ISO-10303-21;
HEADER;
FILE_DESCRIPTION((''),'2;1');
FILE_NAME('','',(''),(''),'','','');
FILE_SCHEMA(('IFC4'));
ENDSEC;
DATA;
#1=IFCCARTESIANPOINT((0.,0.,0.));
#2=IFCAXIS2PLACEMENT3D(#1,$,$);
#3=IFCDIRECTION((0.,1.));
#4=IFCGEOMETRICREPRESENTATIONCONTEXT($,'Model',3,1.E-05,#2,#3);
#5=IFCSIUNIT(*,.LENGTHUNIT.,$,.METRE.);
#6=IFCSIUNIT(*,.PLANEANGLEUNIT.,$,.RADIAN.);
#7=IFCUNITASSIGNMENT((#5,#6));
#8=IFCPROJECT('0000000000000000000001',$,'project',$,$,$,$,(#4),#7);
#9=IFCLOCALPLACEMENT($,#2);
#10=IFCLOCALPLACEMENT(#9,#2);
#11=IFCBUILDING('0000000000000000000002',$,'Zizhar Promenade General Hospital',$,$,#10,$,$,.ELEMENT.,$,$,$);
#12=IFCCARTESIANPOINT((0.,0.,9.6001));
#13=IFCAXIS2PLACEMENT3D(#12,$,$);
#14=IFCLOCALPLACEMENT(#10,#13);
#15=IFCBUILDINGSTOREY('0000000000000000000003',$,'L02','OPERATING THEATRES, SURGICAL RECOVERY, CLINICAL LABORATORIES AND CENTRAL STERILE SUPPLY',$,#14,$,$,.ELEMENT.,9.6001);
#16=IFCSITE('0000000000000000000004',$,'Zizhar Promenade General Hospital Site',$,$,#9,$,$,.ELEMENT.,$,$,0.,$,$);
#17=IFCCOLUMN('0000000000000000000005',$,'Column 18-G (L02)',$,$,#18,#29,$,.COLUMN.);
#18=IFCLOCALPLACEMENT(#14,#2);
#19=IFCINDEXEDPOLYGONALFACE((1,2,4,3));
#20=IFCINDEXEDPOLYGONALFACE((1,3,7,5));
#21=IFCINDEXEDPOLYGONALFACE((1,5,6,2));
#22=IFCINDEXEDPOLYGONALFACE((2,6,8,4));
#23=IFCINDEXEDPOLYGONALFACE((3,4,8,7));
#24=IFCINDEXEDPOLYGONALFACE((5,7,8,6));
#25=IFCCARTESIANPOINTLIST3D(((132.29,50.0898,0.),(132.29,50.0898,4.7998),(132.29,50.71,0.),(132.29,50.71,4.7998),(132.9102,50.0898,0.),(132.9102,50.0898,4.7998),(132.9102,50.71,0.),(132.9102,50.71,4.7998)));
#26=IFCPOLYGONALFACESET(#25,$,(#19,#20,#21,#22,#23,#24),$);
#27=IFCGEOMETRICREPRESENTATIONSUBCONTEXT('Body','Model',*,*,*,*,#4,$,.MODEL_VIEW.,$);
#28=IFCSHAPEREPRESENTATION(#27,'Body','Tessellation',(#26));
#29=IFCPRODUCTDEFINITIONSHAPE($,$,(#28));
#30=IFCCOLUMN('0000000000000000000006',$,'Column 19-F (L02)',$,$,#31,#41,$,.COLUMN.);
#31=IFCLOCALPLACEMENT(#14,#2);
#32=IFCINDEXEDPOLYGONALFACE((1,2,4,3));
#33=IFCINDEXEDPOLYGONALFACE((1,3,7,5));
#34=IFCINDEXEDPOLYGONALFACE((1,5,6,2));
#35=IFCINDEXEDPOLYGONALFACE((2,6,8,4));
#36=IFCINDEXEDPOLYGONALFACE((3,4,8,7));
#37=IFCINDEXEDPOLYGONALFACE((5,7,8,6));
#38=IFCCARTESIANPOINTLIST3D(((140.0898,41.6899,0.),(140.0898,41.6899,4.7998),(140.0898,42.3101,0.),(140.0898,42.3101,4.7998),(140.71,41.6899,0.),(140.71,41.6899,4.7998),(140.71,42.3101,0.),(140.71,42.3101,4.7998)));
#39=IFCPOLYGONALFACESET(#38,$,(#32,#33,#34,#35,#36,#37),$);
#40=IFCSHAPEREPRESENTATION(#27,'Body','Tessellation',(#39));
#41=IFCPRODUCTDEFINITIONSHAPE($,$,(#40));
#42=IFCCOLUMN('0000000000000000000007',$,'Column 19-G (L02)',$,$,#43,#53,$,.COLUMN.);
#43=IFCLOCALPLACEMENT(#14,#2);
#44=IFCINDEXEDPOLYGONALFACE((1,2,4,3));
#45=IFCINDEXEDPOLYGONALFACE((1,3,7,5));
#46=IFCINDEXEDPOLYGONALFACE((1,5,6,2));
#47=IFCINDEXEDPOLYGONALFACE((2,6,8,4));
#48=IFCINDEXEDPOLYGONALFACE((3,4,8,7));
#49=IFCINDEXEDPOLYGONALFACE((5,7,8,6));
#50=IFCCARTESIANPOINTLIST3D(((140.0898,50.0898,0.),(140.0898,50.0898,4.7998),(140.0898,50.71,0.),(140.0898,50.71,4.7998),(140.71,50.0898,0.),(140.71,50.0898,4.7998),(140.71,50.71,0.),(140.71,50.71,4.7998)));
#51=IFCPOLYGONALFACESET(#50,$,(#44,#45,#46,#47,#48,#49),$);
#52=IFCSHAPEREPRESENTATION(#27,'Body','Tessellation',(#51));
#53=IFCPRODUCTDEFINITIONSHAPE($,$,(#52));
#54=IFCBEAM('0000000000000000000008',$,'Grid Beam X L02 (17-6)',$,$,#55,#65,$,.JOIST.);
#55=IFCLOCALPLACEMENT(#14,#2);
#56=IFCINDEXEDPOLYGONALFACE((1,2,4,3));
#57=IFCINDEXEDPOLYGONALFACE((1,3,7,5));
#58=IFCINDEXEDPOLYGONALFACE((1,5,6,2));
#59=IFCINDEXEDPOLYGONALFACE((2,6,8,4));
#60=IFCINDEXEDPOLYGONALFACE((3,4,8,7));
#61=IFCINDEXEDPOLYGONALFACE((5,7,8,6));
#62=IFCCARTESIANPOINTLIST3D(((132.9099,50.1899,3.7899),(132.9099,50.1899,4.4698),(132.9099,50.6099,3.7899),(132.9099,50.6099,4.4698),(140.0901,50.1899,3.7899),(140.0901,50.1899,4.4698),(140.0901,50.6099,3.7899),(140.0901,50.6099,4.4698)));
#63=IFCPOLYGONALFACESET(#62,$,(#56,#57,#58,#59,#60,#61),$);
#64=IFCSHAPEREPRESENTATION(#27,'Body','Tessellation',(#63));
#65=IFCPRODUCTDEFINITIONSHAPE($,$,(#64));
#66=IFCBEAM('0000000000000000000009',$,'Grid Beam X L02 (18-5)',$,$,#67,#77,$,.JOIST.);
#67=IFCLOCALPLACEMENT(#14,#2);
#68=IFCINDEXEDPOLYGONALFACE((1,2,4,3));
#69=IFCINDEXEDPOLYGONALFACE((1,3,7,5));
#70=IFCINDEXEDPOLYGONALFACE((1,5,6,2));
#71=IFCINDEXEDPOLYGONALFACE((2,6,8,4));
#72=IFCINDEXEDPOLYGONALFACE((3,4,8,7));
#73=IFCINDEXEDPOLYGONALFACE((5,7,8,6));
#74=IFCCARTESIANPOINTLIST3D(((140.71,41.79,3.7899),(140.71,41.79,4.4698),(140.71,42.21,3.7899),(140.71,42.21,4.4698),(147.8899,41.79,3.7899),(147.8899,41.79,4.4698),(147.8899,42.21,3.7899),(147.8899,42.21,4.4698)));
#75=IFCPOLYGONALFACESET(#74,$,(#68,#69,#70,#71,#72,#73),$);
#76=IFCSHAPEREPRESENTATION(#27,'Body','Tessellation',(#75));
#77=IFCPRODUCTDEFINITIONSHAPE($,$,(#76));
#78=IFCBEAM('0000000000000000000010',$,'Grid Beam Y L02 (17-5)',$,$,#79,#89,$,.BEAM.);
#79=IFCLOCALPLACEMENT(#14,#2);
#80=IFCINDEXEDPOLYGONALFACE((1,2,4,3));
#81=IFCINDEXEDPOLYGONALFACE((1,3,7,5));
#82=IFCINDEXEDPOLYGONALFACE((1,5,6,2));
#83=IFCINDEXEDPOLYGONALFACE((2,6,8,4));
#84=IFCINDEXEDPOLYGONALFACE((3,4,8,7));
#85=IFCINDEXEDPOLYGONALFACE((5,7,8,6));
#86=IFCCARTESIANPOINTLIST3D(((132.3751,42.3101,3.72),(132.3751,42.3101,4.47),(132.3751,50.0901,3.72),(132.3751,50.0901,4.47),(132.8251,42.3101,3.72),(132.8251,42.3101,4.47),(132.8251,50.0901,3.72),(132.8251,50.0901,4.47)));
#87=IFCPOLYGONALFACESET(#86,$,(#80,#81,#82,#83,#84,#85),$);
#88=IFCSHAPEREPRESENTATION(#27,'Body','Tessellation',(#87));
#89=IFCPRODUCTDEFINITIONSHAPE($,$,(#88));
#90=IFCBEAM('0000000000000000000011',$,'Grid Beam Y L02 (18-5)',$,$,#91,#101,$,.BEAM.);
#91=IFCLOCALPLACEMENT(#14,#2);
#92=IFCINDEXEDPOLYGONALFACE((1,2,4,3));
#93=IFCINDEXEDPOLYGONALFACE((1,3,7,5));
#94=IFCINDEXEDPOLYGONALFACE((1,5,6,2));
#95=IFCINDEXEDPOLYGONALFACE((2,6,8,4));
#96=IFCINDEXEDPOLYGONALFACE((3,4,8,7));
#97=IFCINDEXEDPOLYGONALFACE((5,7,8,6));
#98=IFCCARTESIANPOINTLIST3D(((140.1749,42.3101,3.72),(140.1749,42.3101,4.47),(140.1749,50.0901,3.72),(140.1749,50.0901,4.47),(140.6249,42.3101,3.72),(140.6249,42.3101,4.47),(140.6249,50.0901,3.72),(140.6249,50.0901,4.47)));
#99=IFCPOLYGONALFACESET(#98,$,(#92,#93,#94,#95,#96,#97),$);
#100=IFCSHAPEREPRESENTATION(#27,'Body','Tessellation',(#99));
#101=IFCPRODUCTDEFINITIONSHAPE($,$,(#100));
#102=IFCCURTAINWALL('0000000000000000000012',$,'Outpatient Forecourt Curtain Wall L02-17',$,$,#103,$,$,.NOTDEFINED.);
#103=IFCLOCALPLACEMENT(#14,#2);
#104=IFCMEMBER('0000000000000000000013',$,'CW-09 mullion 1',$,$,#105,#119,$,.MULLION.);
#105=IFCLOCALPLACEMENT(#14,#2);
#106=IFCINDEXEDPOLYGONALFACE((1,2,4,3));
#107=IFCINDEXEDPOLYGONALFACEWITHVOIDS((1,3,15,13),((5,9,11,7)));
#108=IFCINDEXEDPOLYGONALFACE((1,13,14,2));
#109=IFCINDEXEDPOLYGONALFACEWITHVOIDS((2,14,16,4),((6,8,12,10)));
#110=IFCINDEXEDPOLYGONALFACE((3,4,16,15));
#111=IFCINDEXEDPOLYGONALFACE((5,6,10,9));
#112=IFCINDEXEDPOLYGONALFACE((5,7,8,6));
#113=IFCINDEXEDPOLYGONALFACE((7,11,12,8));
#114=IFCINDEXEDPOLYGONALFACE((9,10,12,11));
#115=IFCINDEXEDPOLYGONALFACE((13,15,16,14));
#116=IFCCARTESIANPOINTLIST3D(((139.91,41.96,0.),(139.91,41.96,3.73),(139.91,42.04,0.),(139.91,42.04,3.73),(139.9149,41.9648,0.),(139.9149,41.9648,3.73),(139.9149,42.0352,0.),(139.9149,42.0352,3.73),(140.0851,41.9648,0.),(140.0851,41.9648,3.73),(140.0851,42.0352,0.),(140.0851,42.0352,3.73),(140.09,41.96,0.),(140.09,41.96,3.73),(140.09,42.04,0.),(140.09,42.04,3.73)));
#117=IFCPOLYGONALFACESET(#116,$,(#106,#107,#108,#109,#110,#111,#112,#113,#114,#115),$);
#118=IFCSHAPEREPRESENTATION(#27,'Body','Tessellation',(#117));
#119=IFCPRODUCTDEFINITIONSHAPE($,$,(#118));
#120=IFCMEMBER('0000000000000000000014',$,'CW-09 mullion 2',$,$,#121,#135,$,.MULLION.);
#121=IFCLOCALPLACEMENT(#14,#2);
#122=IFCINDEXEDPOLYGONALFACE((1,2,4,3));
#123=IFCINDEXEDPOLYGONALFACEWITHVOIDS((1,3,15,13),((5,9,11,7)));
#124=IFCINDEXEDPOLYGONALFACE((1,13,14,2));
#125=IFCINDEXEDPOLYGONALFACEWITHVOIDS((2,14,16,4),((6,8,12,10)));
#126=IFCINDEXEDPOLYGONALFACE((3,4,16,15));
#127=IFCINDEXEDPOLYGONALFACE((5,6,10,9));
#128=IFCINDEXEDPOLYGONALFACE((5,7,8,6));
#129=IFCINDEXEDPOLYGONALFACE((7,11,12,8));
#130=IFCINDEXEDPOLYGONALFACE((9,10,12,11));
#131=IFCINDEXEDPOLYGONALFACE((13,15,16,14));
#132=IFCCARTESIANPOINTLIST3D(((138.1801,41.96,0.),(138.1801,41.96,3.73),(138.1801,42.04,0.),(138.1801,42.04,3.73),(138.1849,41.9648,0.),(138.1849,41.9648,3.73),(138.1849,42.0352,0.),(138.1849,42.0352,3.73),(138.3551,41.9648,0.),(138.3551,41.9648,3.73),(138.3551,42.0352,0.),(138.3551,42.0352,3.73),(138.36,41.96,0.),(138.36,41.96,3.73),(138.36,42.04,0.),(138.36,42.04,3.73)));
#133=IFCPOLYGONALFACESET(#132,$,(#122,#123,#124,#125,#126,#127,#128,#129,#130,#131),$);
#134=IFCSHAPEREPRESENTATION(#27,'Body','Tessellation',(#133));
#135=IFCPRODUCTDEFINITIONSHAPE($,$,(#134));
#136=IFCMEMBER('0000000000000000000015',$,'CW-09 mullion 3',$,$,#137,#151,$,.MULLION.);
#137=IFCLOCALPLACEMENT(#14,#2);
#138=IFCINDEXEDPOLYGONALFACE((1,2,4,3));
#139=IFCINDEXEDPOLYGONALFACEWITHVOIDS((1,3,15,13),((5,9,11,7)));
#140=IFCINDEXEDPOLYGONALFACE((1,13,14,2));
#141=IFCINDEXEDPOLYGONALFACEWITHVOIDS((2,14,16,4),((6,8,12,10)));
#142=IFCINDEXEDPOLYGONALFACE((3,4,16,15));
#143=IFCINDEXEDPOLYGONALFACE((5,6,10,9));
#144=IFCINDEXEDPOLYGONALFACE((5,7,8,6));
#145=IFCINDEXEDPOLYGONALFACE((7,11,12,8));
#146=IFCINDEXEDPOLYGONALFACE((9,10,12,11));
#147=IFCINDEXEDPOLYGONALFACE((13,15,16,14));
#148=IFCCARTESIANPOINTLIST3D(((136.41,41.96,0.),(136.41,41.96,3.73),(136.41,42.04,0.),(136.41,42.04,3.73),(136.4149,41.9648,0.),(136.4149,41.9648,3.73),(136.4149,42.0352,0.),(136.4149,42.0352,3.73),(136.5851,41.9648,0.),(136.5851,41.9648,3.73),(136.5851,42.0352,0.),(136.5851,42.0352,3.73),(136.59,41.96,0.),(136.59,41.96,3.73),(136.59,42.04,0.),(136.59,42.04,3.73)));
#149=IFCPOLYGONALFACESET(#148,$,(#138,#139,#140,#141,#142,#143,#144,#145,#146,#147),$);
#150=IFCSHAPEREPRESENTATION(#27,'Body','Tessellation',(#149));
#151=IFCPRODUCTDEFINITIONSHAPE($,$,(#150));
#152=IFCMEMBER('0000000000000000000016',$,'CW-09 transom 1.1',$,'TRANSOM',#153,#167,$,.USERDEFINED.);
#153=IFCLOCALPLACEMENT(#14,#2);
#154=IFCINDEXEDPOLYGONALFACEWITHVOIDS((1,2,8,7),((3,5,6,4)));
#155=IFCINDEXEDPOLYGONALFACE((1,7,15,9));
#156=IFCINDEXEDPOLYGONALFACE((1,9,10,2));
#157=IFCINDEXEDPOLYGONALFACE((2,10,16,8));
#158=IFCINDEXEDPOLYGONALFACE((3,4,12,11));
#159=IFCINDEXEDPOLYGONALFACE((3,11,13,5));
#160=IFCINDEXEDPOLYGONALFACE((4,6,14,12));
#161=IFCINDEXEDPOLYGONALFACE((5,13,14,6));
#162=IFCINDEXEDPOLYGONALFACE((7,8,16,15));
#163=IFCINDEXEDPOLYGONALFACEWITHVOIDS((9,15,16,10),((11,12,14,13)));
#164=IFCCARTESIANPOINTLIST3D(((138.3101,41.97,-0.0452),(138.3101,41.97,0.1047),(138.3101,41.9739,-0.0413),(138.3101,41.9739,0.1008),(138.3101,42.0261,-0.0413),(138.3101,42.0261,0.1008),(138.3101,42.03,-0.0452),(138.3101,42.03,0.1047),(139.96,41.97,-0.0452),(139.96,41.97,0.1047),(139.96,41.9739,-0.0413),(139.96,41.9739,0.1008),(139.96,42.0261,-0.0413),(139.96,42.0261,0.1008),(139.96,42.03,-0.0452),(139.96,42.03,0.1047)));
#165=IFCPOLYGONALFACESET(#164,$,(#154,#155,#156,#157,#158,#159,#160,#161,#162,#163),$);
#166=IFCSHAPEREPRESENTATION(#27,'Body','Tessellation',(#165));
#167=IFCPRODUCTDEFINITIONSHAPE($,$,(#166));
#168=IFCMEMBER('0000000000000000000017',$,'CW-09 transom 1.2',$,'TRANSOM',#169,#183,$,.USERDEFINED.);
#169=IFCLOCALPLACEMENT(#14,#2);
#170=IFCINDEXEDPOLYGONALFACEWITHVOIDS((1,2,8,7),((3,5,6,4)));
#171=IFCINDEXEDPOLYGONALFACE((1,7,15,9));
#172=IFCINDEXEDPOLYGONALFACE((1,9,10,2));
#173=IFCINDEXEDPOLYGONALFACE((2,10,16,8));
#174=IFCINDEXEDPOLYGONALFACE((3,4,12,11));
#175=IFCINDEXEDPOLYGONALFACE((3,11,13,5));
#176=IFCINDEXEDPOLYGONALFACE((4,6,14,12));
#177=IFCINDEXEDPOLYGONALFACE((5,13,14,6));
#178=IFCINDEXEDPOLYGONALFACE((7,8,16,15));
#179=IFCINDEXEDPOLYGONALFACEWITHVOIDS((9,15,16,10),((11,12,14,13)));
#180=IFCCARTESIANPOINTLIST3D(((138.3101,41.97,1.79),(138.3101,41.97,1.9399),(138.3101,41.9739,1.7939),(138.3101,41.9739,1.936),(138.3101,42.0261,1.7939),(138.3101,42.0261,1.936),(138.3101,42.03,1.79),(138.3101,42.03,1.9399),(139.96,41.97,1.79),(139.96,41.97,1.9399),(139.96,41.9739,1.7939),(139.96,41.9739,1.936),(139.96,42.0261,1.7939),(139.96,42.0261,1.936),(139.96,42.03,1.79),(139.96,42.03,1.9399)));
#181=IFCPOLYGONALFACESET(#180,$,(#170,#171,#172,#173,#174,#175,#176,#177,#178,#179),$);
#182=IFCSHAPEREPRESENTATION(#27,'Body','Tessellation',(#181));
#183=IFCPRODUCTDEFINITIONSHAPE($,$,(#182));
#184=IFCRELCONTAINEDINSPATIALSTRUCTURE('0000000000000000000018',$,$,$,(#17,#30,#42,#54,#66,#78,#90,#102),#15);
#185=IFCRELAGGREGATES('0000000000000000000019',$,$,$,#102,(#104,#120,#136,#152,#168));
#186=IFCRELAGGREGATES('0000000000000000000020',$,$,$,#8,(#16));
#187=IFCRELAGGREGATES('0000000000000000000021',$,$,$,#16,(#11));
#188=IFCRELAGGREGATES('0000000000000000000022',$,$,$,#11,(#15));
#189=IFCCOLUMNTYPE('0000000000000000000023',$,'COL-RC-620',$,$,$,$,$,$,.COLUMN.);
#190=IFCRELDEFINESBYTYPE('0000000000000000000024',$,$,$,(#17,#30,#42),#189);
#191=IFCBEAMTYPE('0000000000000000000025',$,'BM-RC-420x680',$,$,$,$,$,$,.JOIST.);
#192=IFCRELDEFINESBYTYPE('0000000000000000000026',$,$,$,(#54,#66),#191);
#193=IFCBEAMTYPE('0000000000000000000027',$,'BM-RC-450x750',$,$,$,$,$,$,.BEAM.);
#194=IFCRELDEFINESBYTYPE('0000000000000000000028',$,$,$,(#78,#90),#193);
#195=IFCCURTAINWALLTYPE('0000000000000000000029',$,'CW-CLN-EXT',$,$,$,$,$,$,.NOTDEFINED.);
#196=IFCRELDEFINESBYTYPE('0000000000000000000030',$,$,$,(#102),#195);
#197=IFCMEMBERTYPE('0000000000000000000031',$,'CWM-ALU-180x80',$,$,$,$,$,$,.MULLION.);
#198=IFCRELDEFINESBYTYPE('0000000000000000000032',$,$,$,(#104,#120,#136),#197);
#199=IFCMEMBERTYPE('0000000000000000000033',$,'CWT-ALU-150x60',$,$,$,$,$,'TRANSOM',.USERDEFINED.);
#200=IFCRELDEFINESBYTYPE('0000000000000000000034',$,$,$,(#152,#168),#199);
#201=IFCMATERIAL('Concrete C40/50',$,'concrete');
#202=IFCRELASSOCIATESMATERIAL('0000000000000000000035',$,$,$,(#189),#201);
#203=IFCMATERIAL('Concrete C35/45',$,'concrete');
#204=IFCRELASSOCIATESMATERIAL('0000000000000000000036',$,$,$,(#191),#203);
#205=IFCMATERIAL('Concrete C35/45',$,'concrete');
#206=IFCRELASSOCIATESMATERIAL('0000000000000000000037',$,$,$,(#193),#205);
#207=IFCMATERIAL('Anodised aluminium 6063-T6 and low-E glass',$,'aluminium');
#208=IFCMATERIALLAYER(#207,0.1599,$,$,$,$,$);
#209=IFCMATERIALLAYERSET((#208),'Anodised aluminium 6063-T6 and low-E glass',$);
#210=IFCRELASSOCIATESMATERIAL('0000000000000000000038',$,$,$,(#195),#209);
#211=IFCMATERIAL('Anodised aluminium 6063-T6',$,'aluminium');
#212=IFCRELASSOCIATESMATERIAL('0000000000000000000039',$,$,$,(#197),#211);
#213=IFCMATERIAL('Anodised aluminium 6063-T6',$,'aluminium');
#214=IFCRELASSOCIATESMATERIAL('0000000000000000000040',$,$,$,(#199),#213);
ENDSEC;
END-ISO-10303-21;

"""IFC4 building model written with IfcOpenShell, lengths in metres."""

from ifc_helpers import new_model, si_unit, direction, frame, origin, origin_2d, place, context, subcontext, project, spatial, rectangle, hollow_rectangle, extrude, material, layer, layer_set, material_profile, profile_set, type_object, element, aggregate, save


model = new_model("IFC4")

# Units and contexts
model_context = context("Model", 3, precision=1e-05, world=origin(), true_north=direction((0.0, 1.0)))
body_context = subcontext(model_context, "Body", "Model", "MODEL_VIEW")
ifc_project = project(units=[si_unit("LENGTHUNIT", "METRE"), si_unit("PLANEANGLEUNIT", "RADIAN")], contexts=[model_context])

# Site, building, storey
site_placement = place(None, origin())
site = spatial("IfcSite", under=ifc_project, at=site_placement, Name="Zizhar Promenade General Hospital Site", CompositionType="ELEMENT", RefElevation=0.0)
building_placement = place(site_placement, origin())
building = spatial("IfcBuilding", under=site, at=building_placement, Name="Zizhar Promenade General Hospital", CompositionType="ELEMENT")
storey_placement = place(building_placement, frame((0.0, 0.0, 9.6001)))
storey = spatial("IfcBuildingStorey", under=building, at=storey_placement, Name="L02", Description="OPERATING THEATRES, SURGICAL RECOVERY, CLINICAL LABORATORIES AND CENTRAL STERILE SUPPLY", CompositionType="ELEMENT", Elevation=9.6001)

# Columns
ifc_material_1 = material(Name="Concrete C40/50", Category="concrete")
ifc_material_profile_1 = material_profile(ifc_material_1, rectangle(XDim=0.6201, YDim=0.6201, at=origin_2d()))
ifc_profile_set_1 = profile_set([ifc_material_profile_1], Name="Concrete C40/50")
column_type = type_object("IfcColumnType", Name="COL-RC-620", PredefinedType="COLUMN", material=ifc_profile_set_1)
for number, where, z_axis, x_axis, name in (
    (1, (132.6001, 50.3999, 0.0), (0.0, 0.0, 1.0), (1.0, 0.0, 0.0), "Column 18-G (L02)"),
    (2, (140.3999, 42.0, 0.0), (0.0, 0.0, 1.0), (1.0, 0.0, 0.0), "Column 19-F (L02)"),
    (3, (140.3999, 50.3999, 0.0), (0.0, 0.0, 1.0), (1.0, 0.0, 0.0), "Column 19-G (L02)"),
):
    element("IfcColumn", number, at=place(storey_placement, frame(where, z_axis=z_axis, x_axis=x_axis)), inside=storey, type_object=column_type, Name=name, PredefinedType="COLUMN", context=body_context, shape_type="SweptSolid", body=[
        extrude(rectangle(XDim=0.6201, YDim=0.6201, at=origin_2d()), origin(), (0.0, 0.0, 1.0), 4.7998),
    ])

# Beams
ifc_material_2 = material(Name="Concrete C35/45", Category="concrete")
ifc_material_profile_2 = material_profile(ifc_material_2, rectangle(XDim=0.4199, YDim=0.6799, at=origin_2d()))
ifc_profile_set_2 = profile_set([ifc_material_profile_2], Name="Concrete C35/45")
beam_type_1 = type_object("IfcBeamType", Name="BM-RC-420x680", PredefinedType="JOIST", material=ifc_profile_set_2)
beam_1_placement = place(storey_placement, frame((132.9099, 50.3999, 4.1299), z_axis=(1.0, 0.0, 0.0), x_axis=(0.0, 1.0, 0.0)))
element("IfcBeam", 4, at=beam_1_placement, inside=storey, type_object=beam_type_1, Name="Grid Beam X L02 (17-6)", PredefinedType="JOIST", context=body_context, shape_type="SweptSolid", body=[
    extrude(rectangle(XDim=0.4199, YDim=0.6799, at=origin_2d()), origin(), (0.0, 0.0, 1.0), 7.1802),
])
beam_2_placement = place(storey_placement, frame((140.71, 42.0, 4.1299), z_axis=(1.0, 0.0, 0.0), x_axis=(0.0, 1.0, 0.0)))
element("IfcBeam", 5, at=beam_2_placement, inside=storey, type_object=beam_type_1, Name="Grid Beam X L02 (18-5)", PredefinedType="JOIST", context=body_context, shape_type="SweptSolid", body=[
    extrude(rectangle(XDim=0.4199, YDim=0.6799, at=origin_2d()), origin(), (0.0, 0.0, 1.0), 7.1799),
])
ifc_material_3 = material(Name="Concrete C35/45", Category="concrete")
ifc_material_profile_3 = material_profile(ifc_material_3, rectangle(XDim=0.45, YDim=0.75, at=origin_2d()))
ifc_profile_set_3 = profile_set([ifc_material_profile_3], Name="Concrete C35/45")
beam_type_2 = type_object("IfcBeamType", Name="BM-RC-450x750", PredefinedType="BEAM", material=ifc_profile_set_3)
for number, where, z_axis, x_axis, name in (
    (6, (132.6001, 42.3101, 4.095), (0.0, 1.0, 0.0), (-1.0, 0.0, 0.0), "Grid Beam Y L02 (17-5)"),
    (7, (140.3999, 42.3101, 4.095), (0.0, 1.0, 0.0), (-1.0, 0.0, 0.0), "Grid Beam Y L02 (18-5)"),
):
    element("IfcBeam", number, at=place(storey_placement, frame(where, z_axis=z_axis, x_axis=x_axis)), inside=storey, type_object=beam_type_2, Name=name, PredefinedType="BEAM", context=body_context, shape_type="SweptSolid", body=[
        extrude(rectangle(XDim=0.45, YDim=0.75, at=origin_2d()), origin(), (0.0, 0.0, 1.0), 7.78),
    ])

# Curtain wall, members
ifc_material_4 = material(Name="Anodised aluminium 6063-T6 and low-E glass", Category="aluminium")
ifc_layer_1 = layer(ifc_material_4, 0.1599)
ifc_layer_set_1 = layer_set([ifc_layer_1], Name="Anodised aluminium 6063-T6 and low-E glass")
curtain_wall_type = type_object("IfcCurtainWallType", Name="CW-CLN-EXT", PredefinedType="NOTDEFINED", material=ifc_layer_set_1)
curtain_wall_placement = place(storey_placement, origin())
curtain_wall = element("IfcCurtainWall", 8, at=curtain_wall_placement, inside=storey, type_object=curtain_wall_type, Name="Outpatient Forecourt Curtain Wall L02-17", PredefinedType="NOTDEFINED")
ifc_material_5 = material(Name="Anodised aluminium 6063-T6", Category="aluminium")
ifc_material_profile_4 = material_profile(ifc_material_5, hollow_rectangle(XDim=0.0801, YDim=0.1799, WallThickness=0.0049, at=origin_2d()))
ifc_profile_set_4 = profile_set([ifc_material_profile_4], Name="Anodised aluminium 6063-T6")
member_type_1 = type_object("IfcMemberType", Name="CWM-ALU-180x80", PredefinedType="MULLION", material=ifc_profile_set_4)
member_1_placement = place(storey_placement, frame((140.0, 42.0, 0.0), z_axis=(0.0, 0.0, 1.0), x_axis=(0.0, -1.0, 0.0)))
member_1 = element("IfcMember", 9, at=member_1_placement, type_object=member_type_1, Name="CW-09 mullion 1", PredefinedType="MULLION", context=body_context, shape_type="SweptSolid", body=[
    extrude(hollow_rectangle(XDim=0.0801, YDim=0.1799, WallThickness=0.0049, at=origin_2d()), origin(), (0.0, 0.0, 1.0), 3.73),
])
member_2_placement = place(storey_placement, frame((138.27, 42.0, 0.0), z_axis=(0.0, 0.0, 1.0), x_axis=(0.0, -1.0, 0.0)))
member_2 = element("IfcMember", 10, at=member_2_placement, type_object=member_type_1, Name="CW-09 mullion 2", PredefinedType="MULLION", context=body_context, shape_type="SweptSolid", body=[
    extrude(hollow_rectangle(XDim=0.0801, YDim=0.1799, WallThickness=0.0049, at=origin_2d()), origin(), (0.0, 0.0, 1.0), 3.73),
])
member_3_placement = place(storey_placement, frame((136.5, 42.0, 0.0), z_axis=(0.0, 0.0, 1.0), x_axis=(0.0, -1.0, 0.0)))
member_3 = element("IfcMember", 11, at=member_3_placement, type_object=member_type_1, Name="CW-09 mullion 3", PredefinedType="MULLION", context=body_context, shape_type="SweptSolid", body=[
    extrude(hollow_rectangle(XDim=0.0801, YDim=0.1799, WallThickness=0.0049, at=origin_2d()), origin(), (0.0, 0.0, 1.0), 3.73),
])
ifc_material_6 = material(Name="Anodised aluminium 6063-T6", Category="aluminium")
ifc_material_profile_5 = material_profile(ifc_material_6, hollow_rectangle(XDim=0.0601, YDim=0.1499, WallThickness=0.0039, at=origin_2d()))
ifc_profile_set_5 = profile_set([ifc_material_profile_5], Name="Anodised aluminium 6063-T6")
member_type_2 = type_object("IfcMemberType", Name="CWT-ALU-150x60", ElementType="TRANSOM", PredefinedType="USERDEFINED", material=ifc_profile_set_5)
member_4_placement = place(storey_placement, frame((139.96, 42.0, 0.0298), z_axis=(-1.0, 0.0, 0.0), x_axis=(0.0, -1.0, 0.0)))
member_4 = element("IfcMember", 12, at=member_4_placement, type_object=member_type_2, Name="CW-09 transom 1.1", ObjectType="TRANSOM", PredefinedType="USERDEFINED", context=body_context, shape_type="SweptSolid", body=[
    extrude(hollow_rectangle(XDim=0.0601, YDim=0.1499, WallThickness=0.0039, at=origin_2d()), origin(), (0.0, 0.0, 1.0), 1.6499),
])
member_5_placement = place(storey_placement, frame((139.96, 42.0, 1.865), z_axis=(-1.0, 0.0, 0.0), x_axis=(0.0, -1.0, 0.0)))
member_5 = element("IfcMember", 13, at=member_5_placement, type_object=member_type_2, Name="CW-09 transom 1.2", ObjectType="TRANSOM", PredefinedType="USERDEFINED", context=body_context, shape_type="SweptSolid", body=[
    extrude(hollow_rectangle(XDim=0.0601, YDim=0.1499, WallThickness=0.0039, at=origin_2d()), origin(), (0.0, 0.0, 1.0), 1.6499),
])
aggregate(curtain_wall, [member_1, member_2, member_3, member_4, member_5])

save(model, "model.ifc")
